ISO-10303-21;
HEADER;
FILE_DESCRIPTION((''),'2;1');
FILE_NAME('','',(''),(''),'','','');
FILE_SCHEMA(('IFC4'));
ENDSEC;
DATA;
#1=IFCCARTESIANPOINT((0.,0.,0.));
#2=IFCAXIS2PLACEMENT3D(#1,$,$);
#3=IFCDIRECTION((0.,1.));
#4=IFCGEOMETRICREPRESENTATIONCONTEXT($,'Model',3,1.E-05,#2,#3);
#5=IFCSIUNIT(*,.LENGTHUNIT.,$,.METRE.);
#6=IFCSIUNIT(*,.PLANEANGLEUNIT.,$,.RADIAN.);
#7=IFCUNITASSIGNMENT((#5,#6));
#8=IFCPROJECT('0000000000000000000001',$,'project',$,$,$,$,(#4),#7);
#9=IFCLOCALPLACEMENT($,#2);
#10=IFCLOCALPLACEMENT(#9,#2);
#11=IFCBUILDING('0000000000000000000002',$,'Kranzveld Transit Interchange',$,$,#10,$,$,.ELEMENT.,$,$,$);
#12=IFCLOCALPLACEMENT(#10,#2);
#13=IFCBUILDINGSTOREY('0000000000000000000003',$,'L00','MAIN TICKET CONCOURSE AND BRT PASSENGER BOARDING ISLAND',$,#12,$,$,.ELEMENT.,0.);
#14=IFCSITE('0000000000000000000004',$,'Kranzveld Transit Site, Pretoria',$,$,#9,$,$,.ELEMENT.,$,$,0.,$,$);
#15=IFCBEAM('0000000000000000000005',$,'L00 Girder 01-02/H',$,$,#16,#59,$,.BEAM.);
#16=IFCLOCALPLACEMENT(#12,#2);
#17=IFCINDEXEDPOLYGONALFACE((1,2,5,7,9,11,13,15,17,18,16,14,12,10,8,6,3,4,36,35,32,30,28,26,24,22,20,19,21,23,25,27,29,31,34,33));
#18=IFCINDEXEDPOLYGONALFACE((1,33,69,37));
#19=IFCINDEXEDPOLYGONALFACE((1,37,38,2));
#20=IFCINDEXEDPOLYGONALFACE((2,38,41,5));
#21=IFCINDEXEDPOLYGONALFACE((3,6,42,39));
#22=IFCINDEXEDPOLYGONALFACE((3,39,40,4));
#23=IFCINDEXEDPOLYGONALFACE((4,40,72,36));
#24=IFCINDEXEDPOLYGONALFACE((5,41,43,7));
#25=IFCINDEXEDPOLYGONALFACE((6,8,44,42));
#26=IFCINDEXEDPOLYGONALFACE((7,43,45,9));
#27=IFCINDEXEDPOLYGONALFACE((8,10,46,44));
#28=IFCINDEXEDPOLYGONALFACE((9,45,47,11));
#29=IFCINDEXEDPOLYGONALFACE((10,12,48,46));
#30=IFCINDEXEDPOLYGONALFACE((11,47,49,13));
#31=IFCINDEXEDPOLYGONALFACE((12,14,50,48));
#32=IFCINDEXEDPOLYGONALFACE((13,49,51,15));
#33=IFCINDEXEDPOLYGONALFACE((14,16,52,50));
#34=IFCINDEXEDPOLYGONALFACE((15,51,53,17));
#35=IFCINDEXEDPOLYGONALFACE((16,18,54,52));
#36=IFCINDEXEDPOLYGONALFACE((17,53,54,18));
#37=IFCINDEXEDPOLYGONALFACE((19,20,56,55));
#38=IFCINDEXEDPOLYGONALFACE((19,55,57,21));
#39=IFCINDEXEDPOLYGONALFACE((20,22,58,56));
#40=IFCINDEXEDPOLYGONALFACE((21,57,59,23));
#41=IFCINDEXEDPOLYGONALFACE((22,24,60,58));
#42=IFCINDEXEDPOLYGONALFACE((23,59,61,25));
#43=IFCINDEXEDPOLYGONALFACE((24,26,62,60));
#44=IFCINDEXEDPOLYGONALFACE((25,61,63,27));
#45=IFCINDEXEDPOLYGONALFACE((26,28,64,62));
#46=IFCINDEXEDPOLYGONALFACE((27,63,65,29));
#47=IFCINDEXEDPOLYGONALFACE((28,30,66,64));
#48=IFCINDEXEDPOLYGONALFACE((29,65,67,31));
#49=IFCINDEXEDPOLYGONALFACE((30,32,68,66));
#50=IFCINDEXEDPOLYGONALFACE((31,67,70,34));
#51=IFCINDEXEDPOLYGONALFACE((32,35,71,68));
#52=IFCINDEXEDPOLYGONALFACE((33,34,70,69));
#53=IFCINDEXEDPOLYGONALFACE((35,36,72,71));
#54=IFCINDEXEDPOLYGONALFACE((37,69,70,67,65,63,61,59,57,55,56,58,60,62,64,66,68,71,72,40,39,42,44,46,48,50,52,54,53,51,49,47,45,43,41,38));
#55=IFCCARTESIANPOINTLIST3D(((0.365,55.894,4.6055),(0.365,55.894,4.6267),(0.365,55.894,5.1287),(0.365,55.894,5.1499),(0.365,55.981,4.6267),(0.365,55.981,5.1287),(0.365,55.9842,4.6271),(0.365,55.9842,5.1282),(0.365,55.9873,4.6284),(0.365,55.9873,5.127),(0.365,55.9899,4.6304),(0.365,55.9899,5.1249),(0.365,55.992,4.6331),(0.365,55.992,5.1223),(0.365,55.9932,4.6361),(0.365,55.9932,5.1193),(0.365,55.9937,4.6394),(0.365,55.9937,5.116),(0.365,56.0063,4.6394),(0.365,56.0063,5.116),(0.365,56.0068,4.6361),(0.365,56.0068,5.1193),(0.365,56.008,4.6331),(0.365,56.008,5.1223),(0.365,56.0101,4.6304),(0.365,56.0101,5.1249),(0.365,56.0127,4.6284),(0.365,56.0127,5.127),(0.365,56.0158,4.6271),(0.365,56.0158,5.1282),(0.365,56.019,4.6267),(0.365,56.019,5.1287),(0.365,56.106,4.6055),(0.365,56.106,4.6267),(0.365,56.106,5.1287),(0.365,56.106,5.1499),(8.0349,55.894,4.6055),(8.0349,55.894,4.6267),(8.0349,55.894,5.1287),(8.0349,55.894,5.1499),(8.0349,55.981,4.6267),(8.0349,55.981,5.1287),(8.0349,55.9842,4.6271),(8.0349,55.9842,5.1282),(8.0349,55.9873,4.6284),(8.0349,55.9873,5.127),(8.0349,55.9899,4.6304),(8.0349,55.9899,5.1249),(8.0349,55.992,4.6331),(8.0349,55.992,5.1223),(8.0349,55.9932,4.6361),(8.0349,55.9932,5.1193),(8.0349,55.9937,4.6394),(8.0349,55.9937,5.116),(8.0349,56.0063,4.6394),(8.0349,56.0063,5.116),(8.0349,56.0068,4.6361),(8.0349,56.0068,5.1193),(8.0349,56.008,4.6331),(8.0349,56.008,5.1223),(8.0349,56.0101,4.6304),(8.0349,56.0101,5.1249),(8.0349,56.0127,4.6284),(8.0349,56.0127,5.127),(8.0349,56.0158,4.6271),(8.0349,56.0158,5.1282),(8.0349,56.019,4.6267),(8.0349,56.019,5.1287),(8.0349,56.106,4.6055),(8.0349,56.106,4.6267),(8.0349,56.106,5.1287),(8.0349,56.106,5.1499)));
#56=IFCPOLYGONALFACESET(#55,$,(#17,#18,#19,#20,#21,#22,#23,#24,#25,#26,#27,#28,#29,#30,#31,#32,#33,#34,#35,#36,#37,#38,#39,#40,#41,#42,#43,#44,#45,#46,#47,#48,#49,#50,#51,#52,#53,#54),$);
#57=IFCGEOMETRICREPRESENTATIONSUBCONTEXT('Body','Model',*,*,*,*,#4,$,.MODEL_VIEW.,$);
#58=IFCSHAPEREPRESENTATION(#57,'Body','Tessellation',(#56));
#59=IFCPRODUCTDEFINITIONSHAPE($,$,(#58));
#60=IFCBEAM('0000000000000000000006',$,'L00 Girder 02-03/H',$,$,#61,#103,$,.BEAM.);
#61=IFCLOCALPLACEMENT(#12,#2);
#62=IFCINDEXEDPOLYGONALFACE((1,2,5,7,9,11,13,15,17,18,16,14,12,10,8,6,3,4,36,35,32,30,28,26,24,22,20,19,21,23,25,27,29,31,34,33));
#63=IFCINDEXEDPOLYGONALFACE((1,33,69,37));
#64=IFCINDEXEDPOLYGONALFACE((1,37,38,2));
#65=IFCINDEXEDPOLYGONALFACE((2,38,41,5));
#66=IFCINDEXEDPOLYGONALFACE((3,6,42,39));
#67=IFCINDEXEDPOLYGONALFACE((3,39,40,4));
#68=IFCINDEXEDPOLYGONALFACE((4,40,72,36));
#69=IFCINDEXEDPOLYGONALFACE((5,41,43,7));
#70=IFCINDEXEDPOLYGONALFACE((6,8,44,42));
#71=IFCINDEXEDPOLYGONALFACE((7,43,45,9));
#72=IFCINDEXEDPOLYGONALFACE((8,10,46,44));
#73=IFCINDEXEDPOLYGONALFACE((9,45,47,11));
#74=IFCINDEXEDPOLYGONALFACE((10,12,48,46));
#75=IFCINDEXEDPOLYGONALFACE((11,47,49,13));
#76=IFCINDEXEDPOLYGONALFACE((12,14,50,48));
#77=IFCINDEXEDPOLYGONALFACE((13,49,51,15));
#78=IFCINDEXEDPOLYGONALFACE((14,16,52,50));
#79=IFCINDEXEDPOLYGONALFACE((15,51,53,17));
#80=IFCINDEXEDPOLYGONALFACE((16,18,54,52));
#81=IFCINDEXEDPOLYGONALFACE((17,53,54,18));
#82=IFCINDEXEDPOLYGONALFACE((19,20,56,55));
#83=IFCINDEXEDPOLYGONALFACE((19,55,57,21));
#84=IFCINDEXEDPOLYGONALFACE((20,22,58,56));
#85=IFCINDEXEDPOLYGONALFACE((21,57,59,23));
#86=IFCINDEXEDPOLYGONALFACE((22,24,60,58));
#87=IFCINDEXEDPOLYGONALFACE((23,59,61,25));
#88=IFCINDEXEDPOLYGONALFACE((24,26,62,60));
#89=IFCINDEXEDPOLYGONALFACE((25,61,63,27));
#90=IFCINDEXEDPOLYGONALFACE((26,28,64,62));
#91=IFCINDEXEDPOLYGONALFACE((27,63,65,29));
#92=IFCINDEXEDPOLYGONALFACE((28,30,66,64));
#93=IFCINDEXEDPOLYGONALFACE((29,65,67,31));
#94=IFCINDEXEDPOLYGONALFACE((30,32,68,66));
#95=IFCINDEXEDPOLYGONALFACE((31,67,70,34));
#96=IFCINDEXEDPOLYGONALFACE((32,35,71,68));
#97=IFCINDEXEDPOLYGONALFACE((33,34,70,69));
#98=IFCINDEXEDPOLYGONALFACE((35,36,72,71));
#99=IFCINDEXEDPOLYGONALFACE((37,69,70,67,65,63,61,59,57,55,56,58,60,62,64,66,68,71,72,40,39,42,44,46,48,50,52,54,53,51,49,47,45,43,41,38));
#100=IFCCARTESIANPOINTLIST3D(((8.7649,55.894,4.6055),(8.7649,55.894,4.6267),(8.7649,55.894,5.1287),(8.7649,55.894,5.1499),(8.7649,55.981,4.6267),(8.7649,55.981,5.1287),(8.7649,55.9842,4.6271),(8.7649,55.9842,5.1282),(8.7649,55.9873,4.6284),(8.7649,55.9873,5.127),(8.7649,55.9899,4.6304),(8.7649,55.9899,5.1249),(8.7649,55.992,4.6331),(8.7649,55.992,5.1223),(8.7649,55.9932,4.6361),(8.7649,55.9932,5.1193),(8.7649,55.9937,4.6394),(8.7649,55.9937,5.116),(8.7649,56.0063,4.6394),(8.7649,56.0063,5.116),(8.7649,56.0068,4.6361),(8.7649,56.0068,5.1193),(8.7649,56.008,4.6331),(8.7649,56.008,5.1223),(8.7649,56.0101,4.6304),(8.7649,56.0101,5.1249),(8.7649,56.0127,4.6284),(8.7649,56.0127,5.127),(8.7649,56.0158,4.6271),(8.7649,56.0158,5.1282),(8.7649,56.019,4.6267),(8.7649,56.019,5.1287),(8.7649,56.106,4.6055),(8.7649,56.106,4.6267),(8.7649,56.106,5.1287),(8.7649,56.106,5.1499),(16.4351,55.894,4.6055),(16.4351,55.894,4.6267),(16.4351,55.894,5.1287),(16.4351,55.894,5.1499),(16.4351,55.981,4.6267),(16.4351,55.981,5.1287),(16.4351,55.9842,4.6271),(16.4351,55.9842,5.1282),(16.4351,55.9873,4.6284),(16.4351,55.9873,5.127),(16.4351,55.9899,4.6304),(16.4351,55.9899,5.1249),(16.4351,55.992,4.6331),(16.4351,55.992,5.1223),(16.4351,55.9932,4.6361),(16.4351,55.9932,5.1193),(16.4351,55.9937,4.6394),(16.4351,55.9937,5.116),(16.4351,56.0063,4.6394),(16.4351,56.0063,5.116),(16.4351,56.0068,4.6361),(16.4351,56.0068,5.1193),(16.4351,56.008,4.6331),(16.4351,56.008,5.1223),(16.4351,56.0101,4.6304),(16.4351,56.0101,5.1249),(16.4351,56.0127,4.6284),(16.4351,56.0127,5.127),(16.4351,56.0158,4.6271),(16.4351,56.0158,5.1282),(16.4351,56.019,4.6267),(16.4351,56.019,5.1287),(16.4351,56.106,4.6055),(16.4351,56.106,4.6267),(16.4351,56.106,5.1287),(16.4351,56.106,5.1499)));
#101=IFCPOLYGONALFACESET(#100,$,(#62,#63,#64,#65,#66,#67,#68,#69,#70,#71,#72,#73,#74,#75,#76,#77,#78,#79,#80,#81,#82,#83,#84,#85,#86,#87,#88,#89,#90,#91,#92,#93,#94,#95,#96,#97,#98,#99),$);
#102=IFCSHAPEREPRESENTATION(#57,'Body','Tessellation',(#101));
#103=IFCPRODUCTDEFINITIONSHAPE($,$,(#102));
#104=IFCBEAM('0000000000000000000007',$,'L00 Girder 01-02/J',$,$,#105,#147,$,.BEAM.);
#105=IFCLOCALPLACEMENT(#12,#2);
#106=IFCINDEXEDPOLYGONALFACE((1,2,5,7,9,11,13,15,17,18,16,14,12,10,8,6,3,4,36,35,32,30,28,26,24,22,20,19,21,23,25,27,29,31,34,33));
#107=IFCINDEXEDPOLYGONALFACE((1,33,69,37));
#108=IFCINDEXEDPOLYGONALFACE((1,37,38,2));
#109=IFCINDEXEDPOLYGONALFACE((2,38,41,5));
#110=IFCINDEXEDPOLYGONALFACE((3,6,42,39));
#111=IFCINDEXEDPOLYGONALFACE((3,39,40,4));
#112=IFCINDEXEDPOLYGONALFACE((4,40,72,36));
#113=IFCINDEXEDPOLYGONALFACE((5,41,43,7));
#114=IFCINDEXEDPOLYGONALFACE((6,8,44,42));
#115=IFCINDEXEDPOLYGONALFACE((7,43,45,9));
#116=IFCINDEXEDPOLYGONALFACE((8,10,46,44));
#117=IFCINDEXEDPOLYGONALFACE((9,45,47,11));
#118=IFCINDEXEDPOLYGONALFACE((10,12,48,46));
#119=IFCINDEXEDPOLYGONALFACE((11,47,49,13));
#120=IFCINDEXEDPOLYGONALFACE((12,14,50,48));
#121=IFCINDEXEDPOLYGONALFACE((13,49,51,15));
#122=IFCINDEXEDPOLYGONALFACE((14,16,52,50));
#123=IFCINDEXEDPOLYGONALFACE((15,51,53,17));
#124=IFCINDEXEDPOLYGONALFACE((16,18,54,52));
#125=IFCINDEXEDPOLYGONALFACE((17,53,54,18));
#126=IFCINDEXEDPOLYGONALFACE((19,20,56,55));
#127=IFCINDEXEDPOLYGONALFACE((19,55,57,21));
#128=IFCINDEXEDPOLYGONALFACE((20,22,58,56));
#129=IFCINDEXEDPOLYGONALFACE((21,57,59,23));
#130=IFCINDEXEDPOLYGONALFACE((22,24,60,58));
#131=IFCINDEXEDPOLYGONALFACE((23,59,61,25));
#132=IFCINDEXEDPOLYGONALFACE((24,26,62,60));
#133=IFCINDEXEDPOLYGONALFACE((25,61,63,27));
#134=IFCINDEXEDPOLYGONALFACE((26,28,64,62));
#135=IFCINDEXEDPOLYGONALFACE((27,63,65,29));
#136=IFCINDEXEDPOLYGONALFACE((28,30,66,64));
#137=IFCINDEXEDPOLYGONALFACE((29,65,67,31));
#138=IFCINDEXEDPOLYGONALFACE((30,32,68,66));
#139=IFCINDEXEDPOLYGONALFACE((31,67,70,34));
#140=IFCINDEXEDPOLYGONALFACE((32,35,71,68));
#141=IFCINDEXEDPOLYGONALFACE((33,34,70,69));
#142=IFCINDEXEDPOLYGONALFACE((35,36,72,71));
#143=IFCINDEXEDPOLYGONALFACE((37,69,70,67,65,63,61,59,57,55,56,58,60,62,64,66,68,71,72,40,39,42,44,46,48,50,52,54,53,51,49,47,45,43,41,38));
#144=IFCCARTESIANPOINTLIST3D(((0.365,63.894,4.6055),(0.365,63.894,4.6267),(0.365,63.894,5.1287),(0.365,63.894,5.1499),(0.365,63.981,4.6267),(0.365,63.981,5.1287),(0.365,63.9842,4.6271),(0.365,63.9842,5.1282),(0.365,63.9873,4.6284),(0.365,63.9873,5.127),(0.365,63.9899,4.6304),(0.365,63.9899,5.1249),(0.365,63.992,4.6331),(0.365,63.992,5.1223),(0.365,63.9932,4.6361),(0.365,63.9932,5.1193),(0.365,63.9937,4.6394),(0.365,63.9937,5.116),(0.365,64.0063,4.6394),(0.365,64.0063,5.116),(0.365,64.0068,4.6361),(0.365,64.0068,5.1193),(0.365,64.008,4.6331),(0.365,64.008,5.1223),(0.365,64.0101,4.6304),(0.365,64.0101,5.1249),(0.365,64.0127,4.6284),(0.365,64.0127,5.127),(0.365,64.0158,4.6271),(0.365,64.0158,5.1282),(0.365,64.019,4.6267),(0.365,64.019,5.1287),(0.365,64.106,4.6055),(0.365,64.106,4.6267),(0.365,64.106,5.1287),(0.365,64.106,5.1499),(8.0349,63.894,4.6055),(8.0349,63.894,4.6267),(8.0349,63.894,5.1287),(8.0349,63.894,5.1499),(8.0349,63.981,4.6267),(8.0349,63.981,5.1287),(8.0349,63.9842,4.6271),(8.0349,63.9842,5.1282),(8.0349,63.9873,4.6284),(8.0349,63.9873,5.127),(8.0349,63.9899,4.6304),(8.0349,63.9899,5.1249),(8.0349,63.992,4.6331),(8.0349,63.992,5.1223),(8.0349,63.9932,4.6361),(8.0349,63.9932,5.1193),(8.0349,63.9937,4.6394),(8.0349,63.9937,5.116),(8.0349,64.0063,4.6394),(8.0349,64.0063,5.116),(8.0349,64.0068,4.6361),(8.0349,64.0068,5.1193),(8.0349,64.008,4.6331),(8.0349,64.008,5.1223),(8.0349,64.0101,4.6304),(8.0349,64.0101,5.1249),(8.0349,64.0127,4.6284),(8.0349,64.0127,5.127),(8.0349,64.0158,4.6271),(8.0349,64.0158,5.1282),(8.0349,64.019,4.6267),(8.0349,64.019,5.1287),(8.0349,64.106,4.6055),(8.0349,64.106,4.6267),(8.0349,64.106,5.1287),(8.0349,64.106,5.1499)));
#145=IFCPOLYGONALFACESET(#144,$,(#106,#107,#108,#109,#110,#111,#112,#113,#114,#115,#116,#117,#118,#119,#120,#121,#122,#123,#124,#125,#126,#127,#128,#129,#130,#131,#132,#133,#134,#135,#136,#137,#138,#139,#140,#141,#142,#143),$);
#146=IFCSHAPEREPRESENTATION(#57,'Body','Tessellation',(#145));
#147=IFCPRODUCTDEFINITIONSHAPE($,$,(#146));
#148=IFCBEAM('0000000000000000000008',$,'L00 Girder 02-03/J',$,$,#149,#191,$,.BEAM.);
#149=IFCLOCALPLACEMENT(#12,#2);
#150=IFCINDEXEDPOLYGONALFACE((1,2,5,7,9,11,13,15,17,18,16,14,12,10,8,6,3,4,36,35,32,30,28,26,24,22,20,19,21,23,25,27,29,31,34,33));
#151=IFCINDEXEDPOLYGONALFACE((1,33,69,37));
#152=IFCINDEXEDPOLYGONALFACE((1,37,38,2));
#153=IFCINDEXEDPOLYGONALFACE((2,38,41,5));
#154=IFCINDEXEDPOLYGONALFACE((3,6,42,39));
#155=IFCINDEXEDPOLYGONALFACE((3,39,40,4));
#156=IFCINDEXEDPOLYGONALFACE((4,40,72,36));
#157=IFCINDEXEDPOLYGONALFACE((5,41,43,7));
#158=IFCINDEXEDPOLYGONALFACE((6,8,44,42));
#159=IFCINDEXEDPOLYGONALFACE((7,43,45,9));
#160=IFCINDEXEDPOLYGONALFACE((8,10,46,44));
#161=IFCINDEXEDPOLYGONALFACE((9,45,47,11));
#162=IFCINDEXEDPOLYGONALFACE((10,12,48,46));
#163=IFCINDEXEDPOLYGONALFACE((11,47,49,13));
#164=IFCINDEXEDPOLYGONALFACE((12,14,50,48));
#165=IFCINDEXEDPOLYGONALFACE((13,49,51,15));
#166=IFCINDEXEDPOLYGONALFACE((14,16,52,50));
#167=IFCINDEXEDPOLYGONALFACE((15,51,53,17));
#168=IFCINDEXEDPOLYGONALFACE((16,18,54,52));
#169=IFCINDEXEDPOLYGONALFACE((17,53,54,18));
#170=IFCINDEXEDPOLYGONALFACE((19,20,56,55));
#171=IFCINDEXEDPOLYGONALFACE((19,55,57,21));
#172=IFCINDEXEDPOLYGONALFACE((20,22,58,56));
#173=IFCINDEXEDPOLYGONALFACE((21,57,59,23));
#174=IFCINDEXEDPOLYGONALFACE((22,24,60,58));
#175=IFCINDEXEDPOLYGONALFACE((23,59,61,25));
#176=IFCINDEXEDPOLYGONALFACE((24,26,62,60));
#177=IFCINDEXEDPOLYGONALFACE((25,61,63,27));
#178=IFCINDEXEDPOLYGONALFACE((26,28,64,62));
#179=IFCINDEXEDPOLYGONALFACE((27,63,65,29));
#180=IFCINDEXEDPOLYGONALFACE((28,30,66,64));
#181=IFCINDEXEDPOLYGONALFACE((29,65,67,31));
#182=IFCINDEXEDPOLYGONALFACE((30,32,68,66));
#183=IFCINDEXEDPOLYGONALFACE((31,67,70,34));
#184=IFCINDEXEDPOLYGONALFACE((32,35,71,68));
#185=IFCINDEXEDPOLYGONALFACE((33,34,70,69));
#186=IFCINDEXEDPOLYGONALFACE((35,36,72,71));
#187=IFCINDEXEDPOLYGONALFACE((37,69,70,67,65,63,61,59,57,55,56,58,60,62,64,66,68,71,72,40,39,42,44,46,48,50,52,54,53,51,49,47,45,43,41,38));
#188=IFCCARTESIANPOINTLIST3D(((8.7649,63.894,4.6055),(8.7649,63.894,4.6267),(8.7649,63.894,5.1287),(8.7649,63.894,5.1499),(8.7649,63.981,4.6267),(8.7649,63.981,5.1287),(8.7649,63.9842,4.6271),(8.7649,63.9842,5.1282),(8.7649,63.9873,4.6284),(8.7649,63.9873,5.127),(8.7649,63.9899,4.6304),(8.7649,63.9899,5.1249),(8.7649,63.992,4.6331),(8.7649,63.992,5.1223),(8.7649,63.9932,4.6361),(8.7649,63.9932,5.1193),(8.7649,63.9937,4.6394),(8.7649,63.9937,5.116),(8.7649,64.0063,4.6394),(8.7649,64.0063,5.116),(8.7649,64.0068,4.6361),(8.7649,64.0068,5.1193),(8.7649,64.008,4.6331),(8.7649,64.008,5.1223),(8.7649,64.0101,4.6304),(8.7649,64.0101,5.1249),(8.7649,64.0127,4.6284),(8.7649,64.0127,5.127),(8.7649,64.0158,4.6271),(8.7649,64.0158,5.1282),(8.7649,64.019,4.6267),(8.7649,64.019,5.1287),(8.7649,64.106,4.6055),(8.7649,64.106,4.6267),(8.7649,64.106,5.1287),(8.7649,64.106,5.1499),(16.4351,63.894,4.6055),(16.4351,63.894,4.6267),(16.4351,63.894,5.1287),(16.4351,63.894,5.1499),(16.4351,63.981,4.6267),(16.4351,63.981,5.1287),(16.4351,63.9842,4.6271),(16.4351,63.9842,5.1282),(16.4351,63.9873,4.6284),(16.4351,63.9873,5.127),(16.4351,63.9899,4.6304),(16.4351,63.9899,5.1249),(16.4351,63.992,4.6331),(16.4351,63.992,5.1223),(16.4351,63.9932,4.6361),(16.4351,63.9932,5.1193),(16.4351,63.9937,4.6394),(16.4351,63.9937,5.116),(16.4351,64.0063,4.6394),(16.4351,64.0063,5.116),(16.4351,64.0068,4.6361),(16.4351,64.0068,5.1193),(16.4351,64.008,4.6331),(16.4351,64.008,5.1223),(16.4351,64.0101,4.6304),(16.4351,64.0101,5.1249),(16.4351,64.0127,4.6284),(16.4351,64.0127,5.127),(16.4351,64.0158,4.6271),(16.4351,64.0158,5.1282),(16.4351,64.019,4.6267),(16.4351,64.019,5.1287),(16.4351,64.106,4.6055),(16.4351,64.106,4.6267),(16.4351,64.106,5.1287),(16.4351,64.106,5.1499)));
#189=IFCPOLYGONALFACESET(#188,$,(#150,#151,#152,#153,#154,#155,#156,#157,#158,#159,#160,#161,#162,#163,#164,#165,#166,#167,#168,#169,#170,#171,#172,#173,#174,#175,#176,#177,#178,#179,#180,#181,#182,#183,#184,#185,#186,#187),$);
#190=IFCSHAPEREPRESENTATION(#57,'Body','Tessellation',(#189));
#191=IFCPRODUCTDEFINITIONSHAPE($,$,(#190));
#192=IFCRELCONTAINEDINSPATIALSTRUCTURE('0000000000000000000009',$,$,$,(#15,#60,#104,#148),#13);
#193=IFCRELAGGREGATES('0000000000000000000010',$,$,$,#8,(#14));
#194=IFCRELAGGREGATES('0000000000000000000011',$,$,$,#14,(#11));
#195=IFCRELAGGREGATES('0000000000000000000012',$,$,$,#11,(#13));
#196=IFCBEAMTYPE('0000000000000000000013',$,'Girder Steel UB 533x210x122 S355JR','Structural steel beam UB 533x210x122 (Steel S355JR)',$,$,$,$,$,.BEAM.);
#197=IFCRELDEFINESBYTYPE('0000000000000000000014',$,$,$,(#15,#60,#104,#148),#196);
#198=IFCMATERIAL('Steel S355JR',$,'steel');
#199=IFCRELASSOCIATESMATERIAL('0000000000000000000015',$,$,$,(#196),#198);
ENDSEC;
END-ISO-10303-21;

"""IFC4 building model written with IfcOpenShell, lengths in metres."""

from ifc_helpers import new_model, si_unit, direction, frame, origin, origin_2d, place, context, subcontext, project, spatial, i_section, extrude, material, material_profile, profile_set, type_object, element, save


model = new_model("IFC4")

# Units and contexts
model_context = context("Model", 3, precision=1e-05, world=origin(), true_north=direction((0.0, 1.0)))
body_context = subcontext(model_context, "Body", "Model", "MODEL_VIEW")
ifc_project = project(units=[si_unit("LENGTHUNIT", "METRE"), si_unit("PLANEANGLEUNIT", "RADIAN")], contexts=[model_context])

# Site, building, storey
site_placement = place(None, origin())
site = spatial("IfcSite", under=ifc_project, at=site_placement, Name="Kranzveld Transit Site, Pretoria", CompositionType="ELEMENT", RefElevation=0.0)
building_placement = place(site_placement, origin())
building = spatial("IfcBuilding", under=site, at=building_placement, Name="Kranzveld Transit Interchange", CompositionType="ELEMENT")
storey_placement = place(building_placement, origin())
storey = spatial("IfcBuildingStorey", under=building, at=storey_placement, Name="L00", Description="MAIN TICKET CONCOURSE AND BRT PASSENGER BOARDING ISLAND", CompositionType="ELEMENT", Elevation=0.0)

# Beams
ifc_material_1 = material(Name="Steel S355JR", Category="steel")
ifc_material_profile_1 = material_profile(ifc_material_1, i_section(OverallWidth=0.2119, OverallDepth=0.5444, WebThickness=0.0127, FlangeThickness=0.0212, FilletRadius=0.0127, at=origin_2d()), Name="UB 533x210x122")
ifc_profile_set_1 = profile_set([ifc_material_profile_1], Name="Steel S355JR")
beam_type_1 = type_object("IfcBeamType", Name="Girder Steel UB 533x210x122 S355JR", Description="Structural steel beam UB 533x210x122 (Steel S355JR)", PredefinedType="BEAM", material=ifc_profile_set_1)
beam_1_placement = place(storey_placement, frame((0.365, 56.0, 4.8777), z_axis=(1.0, 0.0, 0.0), x_axis=(0.0, 1.0, 0.0)))
element("IfcBeam", 1, at=beam_1_placement, inside=storey, type_object=beam_type_1, Name="L00 Girder 01-02/H", PredefinedType="BEAM", context=body_context, shape_type="SweptSolid", body=[
    extrude(i_section(OverallWidth=0.2119, OverallDepth=0.5444, WebThickness=0.0127, FlangeThickness=0.0212, FilletRadius=0.0127, at=origin_2d()), origin(), (0.0, 0.0, 1.0), 7.6699),
])
beam_2_placement = place(storey_placement, frame((8.7649, 56.0, 4.8777), z_axis=(1.0, 0.0, 0.0), x_axis=(0.0, 1.0, 0.0)))
element("IfcBeam", 2, at=beam_2_placement, inside=storey, type_object=beam_type_1, Name="L00 Girder 02-03/H", PredefinedType="BEAM", context=body_context, shape_type="SweptSolid", body=[
    extrude(i_section(OverallWidth=0.2119, OverallDepth=0.5444, WebThickness=0.0127, FlangeThickness=0.0212, FilletRadius=0.0127, at=origin_2d()), origin(), (0.0, 0.0, 1.0), 7.6702),
])
beam_3_placement = place(storey_placement, frame((0.365, 64.0, 4.8777), z_axis=(1.0, 0.0, 0.0), x_axis=(0.0, 1.0, 0.0)))
element("IfcBeam", 3, at=beam_3_placement, inside=storey, type_object=beam_type_1, Name="L00 Girder 01-02/J", PredefinedType="BEAM", context=body_context, shape_type="SweptSolid", body=[
    extrude(i_section(OverallWidth=0.2119, OverallDepth=0.5444, WebThickness=0.0127, FlangeThickness=0.0212, FilletRadius=0.0127, at=origin_2d()), origin(), (0.0, 0.0, 1.0), 7.6699),
])
beam_4_placement = place(storey_placement, frame((8.7649, 64.0, 4.8777), z_axis=(1.0, 0.0, 0.0), x_axis=(0.0, 1.0, 0.0)))
element("IfcBeam", 4, at=beam_4_placement, inside=storey, type_object=beam_type_1, Name="L00 Girder 02-03/J", PredefinedType="BEAM", context=body_context, shape_type="SweptSolid", body=[
    extrude(i_section(OverallWidth=0.2119, OverallDepth=0.5444, WebThickness=0.0127, FlangeThickness=0.0212, FilletRadius=0.0127, at=origin_2d()), origin(), (0.0, 0.0, 1.0), 7.6702),
])

save(model, "model.ifc")
